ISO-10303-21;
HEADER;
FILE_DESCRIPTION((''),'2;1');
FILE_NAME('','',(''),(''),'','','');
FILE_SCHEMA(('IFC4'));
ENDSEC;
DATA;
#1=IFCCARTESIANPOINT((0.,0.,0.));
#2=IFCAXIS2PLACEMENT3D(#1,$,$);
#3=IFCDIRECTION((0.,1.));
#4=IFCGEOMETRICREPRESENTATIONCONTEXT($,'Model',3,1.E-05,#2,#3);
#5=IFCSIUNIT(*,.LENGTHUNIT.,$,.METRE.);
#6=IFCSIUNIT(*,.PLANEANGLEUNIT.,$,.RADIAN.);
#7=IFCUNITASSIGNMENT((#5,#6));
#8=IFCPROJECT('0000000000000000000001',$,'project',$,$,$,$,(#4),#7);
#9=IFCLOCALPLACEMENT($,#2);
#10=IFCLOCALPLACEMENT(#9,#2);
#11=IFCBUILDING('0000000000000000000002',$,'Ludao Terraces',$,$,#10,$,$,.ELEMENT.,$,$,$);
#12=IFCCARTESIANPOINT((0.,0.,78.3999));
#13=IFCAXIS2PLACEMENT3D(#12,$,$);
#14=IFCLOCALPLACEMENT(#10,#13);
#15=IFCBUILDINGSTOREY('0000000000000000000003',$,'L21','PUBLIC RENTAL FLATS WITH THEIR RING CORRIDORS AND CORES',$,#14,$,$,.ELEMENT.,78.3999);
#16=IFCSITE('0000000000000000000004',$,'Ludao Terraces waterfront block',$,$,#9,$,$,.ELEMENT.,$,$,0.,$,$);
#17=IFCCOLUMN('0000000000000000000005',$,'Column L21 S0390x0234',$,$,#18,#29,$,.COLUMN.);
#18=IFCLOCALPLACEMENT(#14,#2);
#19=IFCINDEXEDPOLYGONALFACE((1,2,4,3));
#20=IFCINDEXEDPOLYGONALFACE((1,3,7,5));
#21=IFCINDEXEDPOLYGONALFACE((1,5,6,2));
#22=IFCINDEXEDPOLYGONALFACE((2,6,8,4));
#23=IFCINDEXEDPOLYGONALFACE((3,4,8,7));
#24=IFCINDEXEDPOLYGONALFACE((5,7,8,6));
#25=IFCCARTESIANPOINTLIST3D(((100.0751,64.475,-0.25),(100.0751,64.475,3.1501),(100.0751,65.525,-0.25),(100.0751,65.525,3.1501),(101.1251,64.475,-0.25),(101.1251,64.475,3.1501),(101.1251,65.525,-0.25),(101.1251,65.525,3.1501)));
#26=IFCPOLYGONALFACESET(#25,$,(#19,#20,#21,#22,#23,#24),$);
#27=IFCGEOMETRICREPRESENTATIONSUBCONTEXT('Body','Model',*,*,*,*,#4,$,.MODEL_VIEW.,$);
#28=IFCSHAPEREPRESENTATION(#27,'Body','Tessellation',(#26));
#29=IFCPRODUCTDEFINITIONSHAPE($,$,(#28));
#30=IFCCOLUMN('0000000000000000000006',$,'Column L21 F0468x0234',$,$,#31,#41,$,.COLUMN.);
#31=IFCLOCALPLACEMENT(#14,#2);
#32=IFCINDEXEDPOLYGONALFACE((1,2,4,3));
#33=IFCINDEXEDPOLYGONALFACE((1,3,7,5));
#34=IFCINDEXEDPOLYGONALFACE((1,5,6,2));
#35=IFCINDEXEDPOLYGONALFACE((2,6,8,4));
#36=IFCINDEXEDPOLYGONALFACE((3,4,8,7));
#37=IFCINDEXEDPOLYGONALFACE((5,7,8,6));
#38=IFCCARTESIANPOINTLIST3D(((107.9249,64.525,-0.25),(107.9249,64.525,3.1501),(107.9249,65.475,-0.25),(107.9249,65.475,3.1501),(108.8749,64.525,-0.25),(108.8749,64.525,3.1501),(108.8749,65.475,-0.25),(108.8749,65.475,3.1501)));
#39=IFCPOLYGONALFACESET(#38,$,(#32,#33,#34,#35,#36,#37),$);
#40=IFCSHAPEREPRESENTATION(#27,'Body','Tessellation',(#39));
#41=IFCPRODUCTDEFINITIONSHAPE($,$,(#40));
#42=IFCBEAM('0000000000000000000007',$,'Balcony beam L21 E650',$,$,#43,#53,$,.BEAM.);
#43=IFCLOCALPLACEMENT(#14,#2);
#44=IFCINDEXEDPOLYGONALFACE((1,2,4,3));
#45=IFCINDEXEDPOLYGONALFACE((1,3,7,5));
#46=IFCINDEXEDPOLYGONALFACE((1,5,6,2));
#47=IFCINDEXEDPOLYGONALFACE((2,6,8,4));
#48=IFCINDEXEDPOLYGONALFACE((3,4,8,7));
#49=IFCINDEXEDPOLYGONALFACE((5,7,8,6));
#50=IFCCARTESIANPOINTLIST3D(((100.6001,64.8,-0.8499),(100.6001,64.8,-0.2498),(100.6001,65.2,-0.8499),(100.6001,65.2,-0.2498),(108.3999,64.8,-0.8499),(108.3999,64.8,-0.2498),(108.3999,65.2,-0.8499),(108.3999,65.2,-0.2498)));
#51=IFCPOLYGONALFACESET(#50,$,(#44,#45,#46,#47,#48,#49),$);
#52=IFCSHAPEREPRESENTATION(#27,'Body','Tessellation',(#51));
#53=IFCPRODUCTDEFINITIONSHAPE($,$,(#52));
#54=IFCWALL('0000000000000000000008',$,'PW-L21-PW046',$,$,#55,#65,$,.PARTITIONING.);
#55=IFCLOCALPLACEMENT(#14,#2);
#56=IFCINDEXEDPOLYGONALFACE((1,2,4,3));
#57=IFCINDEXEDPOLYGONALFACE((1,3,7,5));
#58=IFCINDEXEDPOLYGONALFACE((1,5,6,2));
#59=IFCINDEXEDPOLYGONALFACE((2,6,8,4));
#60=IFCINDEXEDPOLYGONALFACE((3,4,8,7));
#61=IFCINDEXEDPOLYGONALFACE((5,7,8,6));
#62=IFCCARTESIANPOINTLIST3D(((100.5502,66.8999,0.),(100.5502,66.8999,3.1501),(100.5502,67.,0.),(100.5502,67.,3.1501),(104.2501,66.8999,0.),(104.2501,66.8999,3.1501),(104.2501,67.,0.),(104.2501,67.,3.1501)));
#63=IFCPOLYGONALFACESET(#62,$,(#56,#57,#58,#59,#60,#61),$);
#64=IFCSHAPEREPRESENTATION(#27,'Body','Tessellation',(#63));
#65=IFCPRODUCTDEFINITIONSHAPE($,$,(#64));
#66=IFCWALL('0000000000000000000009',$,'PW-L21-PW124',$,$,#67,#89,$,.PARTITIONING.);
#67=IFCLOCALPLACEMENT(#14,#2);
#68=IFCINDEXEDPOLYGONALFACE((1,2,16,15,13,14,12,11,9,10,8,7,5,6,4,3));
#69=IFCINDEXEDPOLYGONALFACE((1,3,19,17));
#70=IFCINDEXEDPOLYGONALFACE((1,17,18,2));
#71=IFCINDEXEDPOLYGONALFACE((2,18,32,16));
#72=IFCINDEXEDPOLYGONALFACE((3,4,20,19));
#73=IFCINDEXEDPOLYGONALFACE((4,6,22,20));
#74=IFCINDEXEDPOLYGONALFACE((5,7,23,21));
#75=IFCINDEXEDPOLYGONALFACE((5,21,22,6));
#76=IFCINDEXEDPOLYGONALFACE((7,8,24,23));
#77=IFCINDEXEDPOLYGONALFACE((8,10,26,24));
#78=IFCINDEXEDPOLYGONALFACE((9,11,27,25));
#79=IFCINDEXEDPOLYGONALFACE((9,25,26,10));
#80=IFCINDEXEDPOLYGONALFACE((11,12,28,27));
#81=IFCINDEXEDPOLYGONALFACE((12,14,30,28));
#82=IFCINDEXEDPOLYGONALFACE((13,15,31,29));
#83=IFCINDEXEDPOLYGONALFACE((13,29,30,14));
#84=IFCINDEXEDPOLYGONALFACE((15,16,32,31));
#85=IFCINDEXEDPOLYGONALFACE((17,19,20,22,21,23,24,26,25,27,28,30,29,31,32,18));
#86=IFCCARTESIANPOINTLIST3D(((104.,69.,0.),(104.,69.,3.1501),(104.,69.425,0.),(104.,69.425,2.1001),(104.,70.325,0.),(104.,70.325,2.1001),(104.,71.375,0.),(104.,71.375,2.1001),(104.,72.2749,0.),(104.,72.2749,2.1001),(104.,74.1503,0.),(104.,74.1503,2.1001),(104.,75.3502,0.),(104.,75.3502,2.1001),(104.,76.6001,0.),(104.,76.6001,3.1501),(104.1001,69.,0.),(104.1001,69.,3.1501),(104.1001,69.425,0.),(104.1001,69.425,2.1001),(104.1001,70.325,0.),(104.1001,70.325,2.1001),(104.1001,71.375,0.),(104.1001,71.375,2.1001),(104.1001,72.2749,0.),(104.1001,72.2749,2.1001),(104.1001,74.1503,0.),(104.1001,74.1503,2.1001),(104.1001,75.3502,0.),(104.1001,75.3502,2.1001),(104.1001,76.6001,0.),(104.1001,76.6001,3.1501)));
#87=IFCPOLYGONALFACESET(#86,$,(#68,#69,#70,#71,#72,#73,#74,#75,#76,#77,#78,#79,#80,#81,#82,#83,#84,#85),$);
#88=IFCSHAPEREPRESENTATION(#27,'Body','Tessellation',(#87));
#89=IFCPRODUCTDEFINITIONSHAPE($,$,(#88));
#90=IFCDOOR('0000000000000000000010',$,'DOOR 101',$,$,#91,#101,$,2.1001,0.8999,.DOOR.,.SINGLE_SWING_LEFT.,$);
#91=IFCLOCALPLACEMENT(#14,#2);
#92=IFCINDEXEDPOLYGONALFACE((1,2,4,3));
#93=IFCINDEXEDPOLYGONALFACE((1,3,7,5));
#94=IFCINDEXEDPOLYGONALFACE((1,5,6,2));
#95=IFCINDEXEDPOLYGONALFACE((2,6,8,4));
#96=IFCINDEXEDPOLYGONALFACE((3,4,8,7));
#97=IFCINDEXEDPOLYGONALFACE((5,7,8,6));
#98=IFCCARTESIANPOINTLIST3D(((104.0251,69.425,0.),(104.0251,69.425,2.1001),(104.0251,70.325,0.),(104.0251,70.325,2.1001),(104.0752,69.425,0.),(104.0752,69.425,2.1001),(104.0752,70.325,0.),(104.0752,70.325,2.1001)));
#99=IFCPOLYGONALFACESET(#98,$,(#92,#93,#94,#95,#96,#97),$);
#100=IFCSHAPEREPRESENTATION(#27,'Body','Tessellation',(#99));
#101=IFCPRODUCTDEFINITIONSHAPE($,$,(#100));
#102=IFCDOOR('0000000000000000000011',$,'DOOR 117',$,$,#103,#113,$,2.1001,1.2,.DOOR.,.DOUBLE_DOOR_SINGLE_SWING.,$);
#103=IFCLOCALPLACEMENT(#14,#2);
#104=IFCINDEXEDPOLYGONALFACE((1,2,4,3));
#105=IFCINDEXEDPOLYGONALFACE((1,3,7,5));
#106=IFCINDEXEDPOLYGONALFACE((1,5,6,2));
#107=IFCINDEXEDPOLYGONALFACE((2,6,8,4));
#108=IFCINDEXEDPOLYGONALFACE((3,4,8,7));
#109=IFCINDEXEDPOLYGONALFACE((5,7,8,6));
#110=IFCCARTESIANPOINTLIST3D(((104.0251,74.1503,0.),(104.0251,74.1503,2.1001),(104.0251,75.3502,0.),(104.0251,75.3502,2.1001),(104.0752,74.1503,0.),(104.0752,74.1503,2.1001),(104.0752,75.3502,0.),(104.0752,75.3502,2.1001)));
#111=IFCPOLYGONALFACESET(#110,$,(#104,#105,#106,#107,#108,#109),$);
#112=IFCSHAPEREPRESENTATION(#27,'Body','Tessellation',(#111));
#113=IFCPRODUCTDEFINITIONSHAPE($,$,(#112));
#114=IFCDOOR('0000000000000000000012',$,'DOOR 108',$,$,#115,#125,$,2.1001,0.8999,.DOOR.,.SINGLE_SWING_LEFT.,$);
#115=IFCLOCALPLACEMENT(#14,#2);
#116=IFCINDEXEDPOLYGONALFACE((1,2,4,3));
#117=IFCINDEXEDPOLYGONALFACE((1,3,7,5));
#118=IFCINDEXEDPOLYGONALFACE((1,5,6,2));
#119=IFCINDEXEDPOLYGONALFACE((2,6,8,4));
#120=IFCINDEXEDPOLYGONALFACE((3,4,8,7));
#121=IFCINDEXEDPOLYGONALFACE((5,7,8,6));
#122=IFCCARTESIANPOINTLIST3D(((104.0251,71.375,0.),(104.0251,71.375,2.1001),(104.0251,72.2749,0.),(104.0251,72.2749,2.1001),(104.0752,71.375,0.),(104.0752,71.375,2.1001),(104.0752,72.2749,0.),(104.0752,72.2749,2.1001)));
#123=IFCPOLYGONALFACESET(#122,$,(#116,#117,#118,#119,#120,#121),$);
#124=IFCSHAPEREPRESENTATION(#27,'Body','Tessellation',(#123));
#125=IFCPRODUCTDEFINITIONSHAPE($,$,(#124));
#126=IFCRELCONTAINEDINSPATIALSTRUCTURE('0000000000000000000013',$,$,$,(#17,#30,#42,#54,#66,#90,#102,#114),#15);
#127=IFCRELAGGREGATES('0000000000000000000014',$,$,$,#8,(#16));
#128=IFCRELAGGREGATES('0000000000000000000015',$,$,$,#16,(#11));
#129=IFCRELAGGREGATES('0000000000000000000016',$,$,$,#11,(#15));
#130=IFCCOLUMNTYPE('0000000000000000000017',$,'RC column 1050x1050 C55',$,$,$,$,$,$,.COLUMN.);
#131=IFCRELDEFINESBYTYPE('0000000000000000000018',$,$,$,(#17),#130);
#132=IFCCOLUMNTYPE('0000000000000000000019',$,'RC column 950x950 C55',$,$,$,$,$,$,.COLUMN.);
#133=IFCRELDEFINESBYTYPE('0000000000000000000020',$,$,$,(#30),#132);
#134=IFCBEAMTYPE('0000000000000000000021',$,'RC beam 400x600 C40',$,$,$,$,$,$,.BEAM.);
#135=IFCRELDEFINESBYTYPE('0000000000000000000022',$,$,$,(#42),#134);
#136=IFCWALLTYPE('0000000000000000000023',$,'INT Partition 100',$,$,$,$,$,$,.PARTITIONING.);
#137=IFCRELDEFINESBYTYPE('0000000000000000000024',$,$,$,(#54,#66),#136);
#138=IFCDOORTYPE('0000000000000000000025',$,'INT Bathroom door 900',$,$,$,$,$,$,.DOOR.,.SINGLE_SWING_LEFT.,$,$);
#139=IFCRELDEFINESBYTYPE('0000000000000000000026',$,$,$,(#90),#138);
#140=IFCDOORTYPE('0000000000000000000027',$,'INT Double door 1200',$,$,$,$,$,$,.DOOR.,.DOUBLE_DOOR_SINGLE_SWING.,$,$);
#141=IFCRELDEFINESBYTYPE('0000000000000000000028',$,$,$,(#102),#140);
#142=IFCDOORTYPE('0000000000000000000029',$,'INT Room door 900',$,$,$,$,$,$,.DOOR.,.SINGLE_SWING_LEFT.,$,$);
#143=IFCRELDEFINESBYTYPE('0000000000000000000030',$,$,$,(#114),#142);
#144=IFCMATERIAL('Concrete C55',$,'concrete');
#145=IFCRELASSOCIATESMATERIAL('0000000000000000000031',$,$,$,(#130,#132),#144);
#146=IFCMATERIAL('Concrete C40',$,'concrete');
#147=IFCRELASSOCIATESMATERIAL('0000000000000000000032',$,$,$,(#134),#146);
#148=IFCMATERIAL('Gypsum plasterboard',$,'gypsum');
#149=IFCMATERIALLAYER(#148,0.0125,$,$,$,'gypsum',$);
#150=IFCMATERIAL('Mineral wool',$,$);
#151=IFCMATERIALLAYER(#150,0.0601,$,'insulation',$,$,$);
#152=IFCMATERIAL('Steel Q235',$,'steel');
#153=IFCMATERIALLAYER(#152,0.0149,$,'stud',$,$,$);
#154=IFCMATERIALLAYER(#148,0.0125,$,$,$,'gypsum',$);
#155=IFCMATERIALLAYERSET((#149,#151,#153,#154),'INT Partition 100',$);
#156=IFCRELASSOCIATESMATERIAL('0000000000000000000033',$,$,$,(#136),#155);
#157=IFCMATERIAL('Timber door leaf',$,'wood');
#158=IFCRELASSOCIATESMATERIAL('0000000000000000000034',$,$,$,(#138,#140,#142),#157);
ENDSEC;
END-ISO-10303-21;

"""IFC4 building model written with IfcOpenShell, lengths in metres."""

from ifc_helpers import new_model, si_unit, direction, frame, frame_2d, origin, origin_2d, place, context, subcontext, project, spatial, rectangle, extrude, material, layer, layer_set, material_profile, profile_set, type_object, element, fill, save


model = new_model("IFC4")

# Units and contexts
model_context = context("Model", 3, precision=1e-05, world=origin(), true_north=direction((0.0, 1.0)))
body_context = subcontext(model_context, "Body", "Model", "MODEL_VIEW")
ifc_project = project(units=[si_unit("LENGTHUNIT", "METRE"), si_unit("PLANEANGLEUNIT", "RADIAN")], contexts=[model_context])

# Site, building, storey
site_placement = place(None, origin())
site = spatial("IfcSite", under=ifc_project, at=site_placement, Name="Ludao Terraces waterfront block", CompositionType="ELEMENT", RefElevation=0.0)
building_placement = place(site_placement, origin())
building = spatial("IfcBuilding", under=site, at=building_placement, Name="Ludao Terraces", CompositionType="ELEMENT")
storey_placement = place(building_placement, frame((0.0, 0.0, 78.3999)))
storey = spatial("IfcBuildingStorey", under=building, at=storey_placement, Name="L21", Description="PUBLIC RENTAL FLATS WITH THEIR RING CORRIDORS AND CORES", CompositionType="ELEMENT", Elevation=78.3999)

# Columns
ifc_material_1 = material(Name="Concrete C55", Category="concrete")
ifc_material_profile_1 = material_profile(ifc_material_1, rectangle(XDim=1.05, YDim=1.05, at=origin_2d()), Name="1050 X 1050")
ifc_profile_set_1 = profile_set([ifc_material_profile_1], Name="Concrete C55")
column_type_1 = type_object("IfcColumnType", Name="RC column 1050x1050 C55", PredefinedType="COLUMN", material=ifc_profile_set_1)
column_1_placement = place(storey_placement, frame((100.6001, 65.0, -0.25), z_axis=(0.0, 0.0, 1.0), x_axis=(1.0, 0.0, 0.0)))
element("IfcColumn", 1, at=column_1_placement, inside=storey, type_object=column_type_1, Name="Column L21 S0390x0234", PredefinedType="COLUMN", context=body_context, shape_type="SweptSolid", body=[
    extrude(rectangle(XDim=1.05, YDim=1.05, at=origin_2d()), origin(), (0.0, 0.0, 1.0), 3.4001),
])
ifc_material_profile_2 = material_profile(ifc_material_1, rectangle(XDim=0.95, YDim=0.95, at=origin_2d()), Name="950 X 950")
ifc_profile_set_2 = profile_set([ifc_material_profile_2], Name="Concrete C55")
column_type_2 = type_object("IfcColumnType", Name="RC column 950x950 C55", PredefinedType="COLUMN", material=ifc_profile_set_2)
column_2_placement = place(storey_placement, frame((108.3999, 65.0, -0.25), z_axis=(0.0, 0.0, 1.0), x_axis=(1.0, 0.0, 0.0)))
element("IfcColumn", 2, at=column_2_placement, inside=storey, type_object=column_type_2, Name="Column L21 F0468x0234", PredefinedType="COLUMN", context=body_context, shape_type="SweptSolid", body=[
    extrude(rectangle(XDim=0.95, YDim=0.95, at=origin_2d()), origin(), (0.0, 0.0, 1.0), 3.4001),
])

# Beam
ifc_material_2 = material(Name="Concrete C40", Category="concrete")
ifc_material_profile_3 = material_profile(ifc_material_2, rectangle(XDim=0.3999, YDim=0.6001, at=origin_2d()), Name="400 X 600")
ifc_profile_set_3 = profile_set([ifc_material_profile_3], Name="Concrete C40")
beam_type = type_object("IfcBeamType", Name="RC beam 400x600 C40", PredefinedType="BEAM", material=ifc_profile_set_3)
beam_placement = place(storey_placement, frame((100.6001, 65.0, -0.5498), z_axis=(1.0, 0.0, 0.0), x_axis=(0.0, 1.0, 0.0)))
element("IfcBeam", 3, at=beam_placement, inside=storey, type_object=beam_type, Name="Balcony beam L21 E650", PredefinedType="BEAM", context=body_context, shape_type="SweptSolid", body=[
    extrude(rectangle(XDim=0.3999, YDim=0.6001, at=origin_2d()), origin(), (0.0, 0.0, 1.0), 7.7998),
])

# Shared definitions
ifc_material_3 = material(Name="Mineral wool")

# Wall
ifc_material_4 = material(Name="Gypsum plasterboard", Category="gypsum")
ifc_layer_1 = layer(ifc_material_4, 0.0125, Category="gypsum")
ifc_layer_2 = layer(ifc_material_3, 0.0601, Name="insulation")
ifc_material_5 = material(Name="Steel Q235", Category="steel")
ifc_layer_3 = layer(ifc_material_5, 0.0149, Name="stud")
ifc_layer_4 = layer(ifc_material_4, 0.0125, Category="gypsum")
ifc_layer_set_1 = layer_set([ifc_layer_1, ifc_layer_2, ifc_layer_3, ifc_layer_4], Name="INT Partition 100")
wall_type_1 = type_object("IfcWallType", Name="INT Partition 100", PredefinedType="PARTITIONING", material=ifc_layer_set_1)
wall_1_placement = place(storey_placement, frame((100.55, 66.95, 0.0), z_axis=(0.0, 0.0, 1.0), x_axis=(1.0, 0.0, 0.0)))
element("IfcWall", 4, at=wall_1_placement, inside=storey, type_object=wall_type_1, Name="PW-L21-PW046", PredefinedType="PARTITIONING", context=body_context, shape_type="SweptSolid", body=[
    extrude(rectangle(XDim=3.7, YDim=0.1001, at=frame_2d((1.8501, 0.0))), origin(), (0.0, 0.0, 1.0), 3.1501),
])

# Wall, openings, doors
wall_2_placement = place(storey_placement, frame((104.05, 69.0, 0.0), z_axis=(0.0, 0.0, 1.0), x_axis=(0.0, 1.0, 0.0)))
wall_2 = element("IfcWall", 5, at=wall_2_placement, inside=storey, type_object=wall_type_1, Name="PW-L21-PW124", PredefinedType="PARTITIONING", context=body_context, shape_type="SweptSolid", body=[
    extrude(rectangle(XDim=7.6001, YDim=0.1001, at=frame_2d((3.8, 0.0))), origin(), (0.0, 0.0, 1.0), 3.1501),
])
opening_1_placement = place(wall_2_placement, frame((0.425, 0.0, 0.0)))
opening_1 = element("IfcOpeningElement", 6, at=opening_1_placement, cuts=wall_2, PredefinedType="OPENING", context=body_context, shape_type="SweptSolid", body=[
    extrude(rectangle(XDim=0.8999, YDim=2.1001, at=frame_2d((0.45, 1.05))), frame((0.0, 0.0601, 0.0), z_axis=(0.0, -1.0, 0.0), x_axis=(1.0, 0.0, 0.0)), (0.0, 0.0, 1.0), 0.1201),
])
opening_2_placement = place(wall_2_placement, frame((2.375, 0.0, 0.0)))
opening_2 = element("IfcOpeningElement", 7, at=opening_2_placement, cuts=wall_2, PredefinedType="OPENING", context=body_context, shape_type="SweptSolid", body=[
    extrude(rectangle(XDim=0.8999, YDim=2.1001, at=frame_2d((0.45, 1.05))), frame((0.0, 0.0601, 0.0), z_axis=(0.0, -1.0, 0.0), x_axis=(1.0, 0.0, 0.0)), (0.0, 0.0, 1.0), 0.1201),
])
opening_3_placement = place(wall_2_placement, frame((5.1501, 0.0, 0.0)))
opening_3 = element("IfcOpeningElement", 8, at=opening_3_placement, cuts=wall_2, PredefinedType="OPENING", context=body_context, shape_type="SweptSolid", body=[
    extrude(rectangle(XDim=1.2, YDim=2.1001, at=frame_2d((0.6001, 1.05))), frame((0.0, 0.0601, 0.0), z_axis=(0.0, -1.0, 0.0), x_axis=(1.0, 0.0, 0.0)), (0.0, 0.0, 1.0), 0.1201),
])
ifc_material_6 = material(Name="Timber door leaf", Category="wood")
door_type_1 = type_object("IfcDoorType", Name="INT Bathroom door 900", OperationType="SINGLE_SWING_LEFT", PredefinedType="DOOR", material=ifc_material_6)
door_1_placement = place(opening_1_placement, origin())
door_1 = element("IfcDoor", 9, at=door_1_placement, inside=storey, type_object=door_type_1, Name="DOOR 101", OperationType="SINGLE_SWING_LEFT", OverallHeight=2.1001, OverallWidth=0.8999, PredefinedType="DOOR", context=body_context, shape_type="SweptSolid", body=[
    extrude(rectangle(XDim=0.8999, YDim=2.1001, at=frame_2d((0.45, 1.05))), frame((0.0, 0.0249, 0.0), z_axis=(0.0, -1.0, 0.0), x_axis=(1.0, 0.0, 0.0)), (0.0, 0.0, 1.0), 0.05),
])
fill(opening_1, door_1)
door_type_2 = type_object("IfcDoorType", Name="INT Double door 1200", OperationType="DOUBLE_DOOR_SINGLE_SWING", PredefinedType="DOOR", material=ifc_material_6)
door_2_placement = place(opening_3_placement, origin())
door_2 = element("IfcDoor", 10, at=door_2_placement, inside=storey, type_object=door_type_2, Name="DOOR 117", OperationType="DOUBLE_DOOR_SINGLE_SWING", OverallHeight=2.1001, OverallWidth=1.2, PredefinedType="DOOR", context=body_context, shape_type="SweptSolid", body=[
    extrude(rectangle(XDim=1.2, YDim=2.1001, at=frame_2d((0.6001, 1.05))), frame((0.0, 0.0249, 0.0), z_axis=(0.0, -1.0, 0.0), x_axis=(1.0, 0.0, 0.0)), (0.0, 0.0, 1.0), 0.05),
])
fill(opening_3, door_2)
door_type_3 = type_object("IfcDoorType", Name="INT Room door 900", OperationType="SINGLE_SWING_LEFT", PredefinedType="DOOR", material=ifc_material_6)
door_3_placement = place(opening_2_placement, origin())
door_3 = element("IfcDoor", 11, at=door_3_placement, inside=storey, type_object=door_type_3, Name="DOOR 108", OperationType="SINGLE_SWING_LEFT", OverallHeight=2.1001, OverallWidth=0.8999, PredefinedType="DOOR", context=body_context, shape_type="SweptSolid", body=[
    extrude(rectangle(XDim=0.8999, YDim=2.1001, at=frame_2d((0.45, 1.05))), frame((0.0, 0.0249, 0.0), z_axis=(0.0, -1.0, 0.0), x_axis=(1.0, 0.0, 0.0)), (0.0, 0.0, 1.0), 0.05),
])
fill(opening_2, door_3)

save(model, "model.ifc")
